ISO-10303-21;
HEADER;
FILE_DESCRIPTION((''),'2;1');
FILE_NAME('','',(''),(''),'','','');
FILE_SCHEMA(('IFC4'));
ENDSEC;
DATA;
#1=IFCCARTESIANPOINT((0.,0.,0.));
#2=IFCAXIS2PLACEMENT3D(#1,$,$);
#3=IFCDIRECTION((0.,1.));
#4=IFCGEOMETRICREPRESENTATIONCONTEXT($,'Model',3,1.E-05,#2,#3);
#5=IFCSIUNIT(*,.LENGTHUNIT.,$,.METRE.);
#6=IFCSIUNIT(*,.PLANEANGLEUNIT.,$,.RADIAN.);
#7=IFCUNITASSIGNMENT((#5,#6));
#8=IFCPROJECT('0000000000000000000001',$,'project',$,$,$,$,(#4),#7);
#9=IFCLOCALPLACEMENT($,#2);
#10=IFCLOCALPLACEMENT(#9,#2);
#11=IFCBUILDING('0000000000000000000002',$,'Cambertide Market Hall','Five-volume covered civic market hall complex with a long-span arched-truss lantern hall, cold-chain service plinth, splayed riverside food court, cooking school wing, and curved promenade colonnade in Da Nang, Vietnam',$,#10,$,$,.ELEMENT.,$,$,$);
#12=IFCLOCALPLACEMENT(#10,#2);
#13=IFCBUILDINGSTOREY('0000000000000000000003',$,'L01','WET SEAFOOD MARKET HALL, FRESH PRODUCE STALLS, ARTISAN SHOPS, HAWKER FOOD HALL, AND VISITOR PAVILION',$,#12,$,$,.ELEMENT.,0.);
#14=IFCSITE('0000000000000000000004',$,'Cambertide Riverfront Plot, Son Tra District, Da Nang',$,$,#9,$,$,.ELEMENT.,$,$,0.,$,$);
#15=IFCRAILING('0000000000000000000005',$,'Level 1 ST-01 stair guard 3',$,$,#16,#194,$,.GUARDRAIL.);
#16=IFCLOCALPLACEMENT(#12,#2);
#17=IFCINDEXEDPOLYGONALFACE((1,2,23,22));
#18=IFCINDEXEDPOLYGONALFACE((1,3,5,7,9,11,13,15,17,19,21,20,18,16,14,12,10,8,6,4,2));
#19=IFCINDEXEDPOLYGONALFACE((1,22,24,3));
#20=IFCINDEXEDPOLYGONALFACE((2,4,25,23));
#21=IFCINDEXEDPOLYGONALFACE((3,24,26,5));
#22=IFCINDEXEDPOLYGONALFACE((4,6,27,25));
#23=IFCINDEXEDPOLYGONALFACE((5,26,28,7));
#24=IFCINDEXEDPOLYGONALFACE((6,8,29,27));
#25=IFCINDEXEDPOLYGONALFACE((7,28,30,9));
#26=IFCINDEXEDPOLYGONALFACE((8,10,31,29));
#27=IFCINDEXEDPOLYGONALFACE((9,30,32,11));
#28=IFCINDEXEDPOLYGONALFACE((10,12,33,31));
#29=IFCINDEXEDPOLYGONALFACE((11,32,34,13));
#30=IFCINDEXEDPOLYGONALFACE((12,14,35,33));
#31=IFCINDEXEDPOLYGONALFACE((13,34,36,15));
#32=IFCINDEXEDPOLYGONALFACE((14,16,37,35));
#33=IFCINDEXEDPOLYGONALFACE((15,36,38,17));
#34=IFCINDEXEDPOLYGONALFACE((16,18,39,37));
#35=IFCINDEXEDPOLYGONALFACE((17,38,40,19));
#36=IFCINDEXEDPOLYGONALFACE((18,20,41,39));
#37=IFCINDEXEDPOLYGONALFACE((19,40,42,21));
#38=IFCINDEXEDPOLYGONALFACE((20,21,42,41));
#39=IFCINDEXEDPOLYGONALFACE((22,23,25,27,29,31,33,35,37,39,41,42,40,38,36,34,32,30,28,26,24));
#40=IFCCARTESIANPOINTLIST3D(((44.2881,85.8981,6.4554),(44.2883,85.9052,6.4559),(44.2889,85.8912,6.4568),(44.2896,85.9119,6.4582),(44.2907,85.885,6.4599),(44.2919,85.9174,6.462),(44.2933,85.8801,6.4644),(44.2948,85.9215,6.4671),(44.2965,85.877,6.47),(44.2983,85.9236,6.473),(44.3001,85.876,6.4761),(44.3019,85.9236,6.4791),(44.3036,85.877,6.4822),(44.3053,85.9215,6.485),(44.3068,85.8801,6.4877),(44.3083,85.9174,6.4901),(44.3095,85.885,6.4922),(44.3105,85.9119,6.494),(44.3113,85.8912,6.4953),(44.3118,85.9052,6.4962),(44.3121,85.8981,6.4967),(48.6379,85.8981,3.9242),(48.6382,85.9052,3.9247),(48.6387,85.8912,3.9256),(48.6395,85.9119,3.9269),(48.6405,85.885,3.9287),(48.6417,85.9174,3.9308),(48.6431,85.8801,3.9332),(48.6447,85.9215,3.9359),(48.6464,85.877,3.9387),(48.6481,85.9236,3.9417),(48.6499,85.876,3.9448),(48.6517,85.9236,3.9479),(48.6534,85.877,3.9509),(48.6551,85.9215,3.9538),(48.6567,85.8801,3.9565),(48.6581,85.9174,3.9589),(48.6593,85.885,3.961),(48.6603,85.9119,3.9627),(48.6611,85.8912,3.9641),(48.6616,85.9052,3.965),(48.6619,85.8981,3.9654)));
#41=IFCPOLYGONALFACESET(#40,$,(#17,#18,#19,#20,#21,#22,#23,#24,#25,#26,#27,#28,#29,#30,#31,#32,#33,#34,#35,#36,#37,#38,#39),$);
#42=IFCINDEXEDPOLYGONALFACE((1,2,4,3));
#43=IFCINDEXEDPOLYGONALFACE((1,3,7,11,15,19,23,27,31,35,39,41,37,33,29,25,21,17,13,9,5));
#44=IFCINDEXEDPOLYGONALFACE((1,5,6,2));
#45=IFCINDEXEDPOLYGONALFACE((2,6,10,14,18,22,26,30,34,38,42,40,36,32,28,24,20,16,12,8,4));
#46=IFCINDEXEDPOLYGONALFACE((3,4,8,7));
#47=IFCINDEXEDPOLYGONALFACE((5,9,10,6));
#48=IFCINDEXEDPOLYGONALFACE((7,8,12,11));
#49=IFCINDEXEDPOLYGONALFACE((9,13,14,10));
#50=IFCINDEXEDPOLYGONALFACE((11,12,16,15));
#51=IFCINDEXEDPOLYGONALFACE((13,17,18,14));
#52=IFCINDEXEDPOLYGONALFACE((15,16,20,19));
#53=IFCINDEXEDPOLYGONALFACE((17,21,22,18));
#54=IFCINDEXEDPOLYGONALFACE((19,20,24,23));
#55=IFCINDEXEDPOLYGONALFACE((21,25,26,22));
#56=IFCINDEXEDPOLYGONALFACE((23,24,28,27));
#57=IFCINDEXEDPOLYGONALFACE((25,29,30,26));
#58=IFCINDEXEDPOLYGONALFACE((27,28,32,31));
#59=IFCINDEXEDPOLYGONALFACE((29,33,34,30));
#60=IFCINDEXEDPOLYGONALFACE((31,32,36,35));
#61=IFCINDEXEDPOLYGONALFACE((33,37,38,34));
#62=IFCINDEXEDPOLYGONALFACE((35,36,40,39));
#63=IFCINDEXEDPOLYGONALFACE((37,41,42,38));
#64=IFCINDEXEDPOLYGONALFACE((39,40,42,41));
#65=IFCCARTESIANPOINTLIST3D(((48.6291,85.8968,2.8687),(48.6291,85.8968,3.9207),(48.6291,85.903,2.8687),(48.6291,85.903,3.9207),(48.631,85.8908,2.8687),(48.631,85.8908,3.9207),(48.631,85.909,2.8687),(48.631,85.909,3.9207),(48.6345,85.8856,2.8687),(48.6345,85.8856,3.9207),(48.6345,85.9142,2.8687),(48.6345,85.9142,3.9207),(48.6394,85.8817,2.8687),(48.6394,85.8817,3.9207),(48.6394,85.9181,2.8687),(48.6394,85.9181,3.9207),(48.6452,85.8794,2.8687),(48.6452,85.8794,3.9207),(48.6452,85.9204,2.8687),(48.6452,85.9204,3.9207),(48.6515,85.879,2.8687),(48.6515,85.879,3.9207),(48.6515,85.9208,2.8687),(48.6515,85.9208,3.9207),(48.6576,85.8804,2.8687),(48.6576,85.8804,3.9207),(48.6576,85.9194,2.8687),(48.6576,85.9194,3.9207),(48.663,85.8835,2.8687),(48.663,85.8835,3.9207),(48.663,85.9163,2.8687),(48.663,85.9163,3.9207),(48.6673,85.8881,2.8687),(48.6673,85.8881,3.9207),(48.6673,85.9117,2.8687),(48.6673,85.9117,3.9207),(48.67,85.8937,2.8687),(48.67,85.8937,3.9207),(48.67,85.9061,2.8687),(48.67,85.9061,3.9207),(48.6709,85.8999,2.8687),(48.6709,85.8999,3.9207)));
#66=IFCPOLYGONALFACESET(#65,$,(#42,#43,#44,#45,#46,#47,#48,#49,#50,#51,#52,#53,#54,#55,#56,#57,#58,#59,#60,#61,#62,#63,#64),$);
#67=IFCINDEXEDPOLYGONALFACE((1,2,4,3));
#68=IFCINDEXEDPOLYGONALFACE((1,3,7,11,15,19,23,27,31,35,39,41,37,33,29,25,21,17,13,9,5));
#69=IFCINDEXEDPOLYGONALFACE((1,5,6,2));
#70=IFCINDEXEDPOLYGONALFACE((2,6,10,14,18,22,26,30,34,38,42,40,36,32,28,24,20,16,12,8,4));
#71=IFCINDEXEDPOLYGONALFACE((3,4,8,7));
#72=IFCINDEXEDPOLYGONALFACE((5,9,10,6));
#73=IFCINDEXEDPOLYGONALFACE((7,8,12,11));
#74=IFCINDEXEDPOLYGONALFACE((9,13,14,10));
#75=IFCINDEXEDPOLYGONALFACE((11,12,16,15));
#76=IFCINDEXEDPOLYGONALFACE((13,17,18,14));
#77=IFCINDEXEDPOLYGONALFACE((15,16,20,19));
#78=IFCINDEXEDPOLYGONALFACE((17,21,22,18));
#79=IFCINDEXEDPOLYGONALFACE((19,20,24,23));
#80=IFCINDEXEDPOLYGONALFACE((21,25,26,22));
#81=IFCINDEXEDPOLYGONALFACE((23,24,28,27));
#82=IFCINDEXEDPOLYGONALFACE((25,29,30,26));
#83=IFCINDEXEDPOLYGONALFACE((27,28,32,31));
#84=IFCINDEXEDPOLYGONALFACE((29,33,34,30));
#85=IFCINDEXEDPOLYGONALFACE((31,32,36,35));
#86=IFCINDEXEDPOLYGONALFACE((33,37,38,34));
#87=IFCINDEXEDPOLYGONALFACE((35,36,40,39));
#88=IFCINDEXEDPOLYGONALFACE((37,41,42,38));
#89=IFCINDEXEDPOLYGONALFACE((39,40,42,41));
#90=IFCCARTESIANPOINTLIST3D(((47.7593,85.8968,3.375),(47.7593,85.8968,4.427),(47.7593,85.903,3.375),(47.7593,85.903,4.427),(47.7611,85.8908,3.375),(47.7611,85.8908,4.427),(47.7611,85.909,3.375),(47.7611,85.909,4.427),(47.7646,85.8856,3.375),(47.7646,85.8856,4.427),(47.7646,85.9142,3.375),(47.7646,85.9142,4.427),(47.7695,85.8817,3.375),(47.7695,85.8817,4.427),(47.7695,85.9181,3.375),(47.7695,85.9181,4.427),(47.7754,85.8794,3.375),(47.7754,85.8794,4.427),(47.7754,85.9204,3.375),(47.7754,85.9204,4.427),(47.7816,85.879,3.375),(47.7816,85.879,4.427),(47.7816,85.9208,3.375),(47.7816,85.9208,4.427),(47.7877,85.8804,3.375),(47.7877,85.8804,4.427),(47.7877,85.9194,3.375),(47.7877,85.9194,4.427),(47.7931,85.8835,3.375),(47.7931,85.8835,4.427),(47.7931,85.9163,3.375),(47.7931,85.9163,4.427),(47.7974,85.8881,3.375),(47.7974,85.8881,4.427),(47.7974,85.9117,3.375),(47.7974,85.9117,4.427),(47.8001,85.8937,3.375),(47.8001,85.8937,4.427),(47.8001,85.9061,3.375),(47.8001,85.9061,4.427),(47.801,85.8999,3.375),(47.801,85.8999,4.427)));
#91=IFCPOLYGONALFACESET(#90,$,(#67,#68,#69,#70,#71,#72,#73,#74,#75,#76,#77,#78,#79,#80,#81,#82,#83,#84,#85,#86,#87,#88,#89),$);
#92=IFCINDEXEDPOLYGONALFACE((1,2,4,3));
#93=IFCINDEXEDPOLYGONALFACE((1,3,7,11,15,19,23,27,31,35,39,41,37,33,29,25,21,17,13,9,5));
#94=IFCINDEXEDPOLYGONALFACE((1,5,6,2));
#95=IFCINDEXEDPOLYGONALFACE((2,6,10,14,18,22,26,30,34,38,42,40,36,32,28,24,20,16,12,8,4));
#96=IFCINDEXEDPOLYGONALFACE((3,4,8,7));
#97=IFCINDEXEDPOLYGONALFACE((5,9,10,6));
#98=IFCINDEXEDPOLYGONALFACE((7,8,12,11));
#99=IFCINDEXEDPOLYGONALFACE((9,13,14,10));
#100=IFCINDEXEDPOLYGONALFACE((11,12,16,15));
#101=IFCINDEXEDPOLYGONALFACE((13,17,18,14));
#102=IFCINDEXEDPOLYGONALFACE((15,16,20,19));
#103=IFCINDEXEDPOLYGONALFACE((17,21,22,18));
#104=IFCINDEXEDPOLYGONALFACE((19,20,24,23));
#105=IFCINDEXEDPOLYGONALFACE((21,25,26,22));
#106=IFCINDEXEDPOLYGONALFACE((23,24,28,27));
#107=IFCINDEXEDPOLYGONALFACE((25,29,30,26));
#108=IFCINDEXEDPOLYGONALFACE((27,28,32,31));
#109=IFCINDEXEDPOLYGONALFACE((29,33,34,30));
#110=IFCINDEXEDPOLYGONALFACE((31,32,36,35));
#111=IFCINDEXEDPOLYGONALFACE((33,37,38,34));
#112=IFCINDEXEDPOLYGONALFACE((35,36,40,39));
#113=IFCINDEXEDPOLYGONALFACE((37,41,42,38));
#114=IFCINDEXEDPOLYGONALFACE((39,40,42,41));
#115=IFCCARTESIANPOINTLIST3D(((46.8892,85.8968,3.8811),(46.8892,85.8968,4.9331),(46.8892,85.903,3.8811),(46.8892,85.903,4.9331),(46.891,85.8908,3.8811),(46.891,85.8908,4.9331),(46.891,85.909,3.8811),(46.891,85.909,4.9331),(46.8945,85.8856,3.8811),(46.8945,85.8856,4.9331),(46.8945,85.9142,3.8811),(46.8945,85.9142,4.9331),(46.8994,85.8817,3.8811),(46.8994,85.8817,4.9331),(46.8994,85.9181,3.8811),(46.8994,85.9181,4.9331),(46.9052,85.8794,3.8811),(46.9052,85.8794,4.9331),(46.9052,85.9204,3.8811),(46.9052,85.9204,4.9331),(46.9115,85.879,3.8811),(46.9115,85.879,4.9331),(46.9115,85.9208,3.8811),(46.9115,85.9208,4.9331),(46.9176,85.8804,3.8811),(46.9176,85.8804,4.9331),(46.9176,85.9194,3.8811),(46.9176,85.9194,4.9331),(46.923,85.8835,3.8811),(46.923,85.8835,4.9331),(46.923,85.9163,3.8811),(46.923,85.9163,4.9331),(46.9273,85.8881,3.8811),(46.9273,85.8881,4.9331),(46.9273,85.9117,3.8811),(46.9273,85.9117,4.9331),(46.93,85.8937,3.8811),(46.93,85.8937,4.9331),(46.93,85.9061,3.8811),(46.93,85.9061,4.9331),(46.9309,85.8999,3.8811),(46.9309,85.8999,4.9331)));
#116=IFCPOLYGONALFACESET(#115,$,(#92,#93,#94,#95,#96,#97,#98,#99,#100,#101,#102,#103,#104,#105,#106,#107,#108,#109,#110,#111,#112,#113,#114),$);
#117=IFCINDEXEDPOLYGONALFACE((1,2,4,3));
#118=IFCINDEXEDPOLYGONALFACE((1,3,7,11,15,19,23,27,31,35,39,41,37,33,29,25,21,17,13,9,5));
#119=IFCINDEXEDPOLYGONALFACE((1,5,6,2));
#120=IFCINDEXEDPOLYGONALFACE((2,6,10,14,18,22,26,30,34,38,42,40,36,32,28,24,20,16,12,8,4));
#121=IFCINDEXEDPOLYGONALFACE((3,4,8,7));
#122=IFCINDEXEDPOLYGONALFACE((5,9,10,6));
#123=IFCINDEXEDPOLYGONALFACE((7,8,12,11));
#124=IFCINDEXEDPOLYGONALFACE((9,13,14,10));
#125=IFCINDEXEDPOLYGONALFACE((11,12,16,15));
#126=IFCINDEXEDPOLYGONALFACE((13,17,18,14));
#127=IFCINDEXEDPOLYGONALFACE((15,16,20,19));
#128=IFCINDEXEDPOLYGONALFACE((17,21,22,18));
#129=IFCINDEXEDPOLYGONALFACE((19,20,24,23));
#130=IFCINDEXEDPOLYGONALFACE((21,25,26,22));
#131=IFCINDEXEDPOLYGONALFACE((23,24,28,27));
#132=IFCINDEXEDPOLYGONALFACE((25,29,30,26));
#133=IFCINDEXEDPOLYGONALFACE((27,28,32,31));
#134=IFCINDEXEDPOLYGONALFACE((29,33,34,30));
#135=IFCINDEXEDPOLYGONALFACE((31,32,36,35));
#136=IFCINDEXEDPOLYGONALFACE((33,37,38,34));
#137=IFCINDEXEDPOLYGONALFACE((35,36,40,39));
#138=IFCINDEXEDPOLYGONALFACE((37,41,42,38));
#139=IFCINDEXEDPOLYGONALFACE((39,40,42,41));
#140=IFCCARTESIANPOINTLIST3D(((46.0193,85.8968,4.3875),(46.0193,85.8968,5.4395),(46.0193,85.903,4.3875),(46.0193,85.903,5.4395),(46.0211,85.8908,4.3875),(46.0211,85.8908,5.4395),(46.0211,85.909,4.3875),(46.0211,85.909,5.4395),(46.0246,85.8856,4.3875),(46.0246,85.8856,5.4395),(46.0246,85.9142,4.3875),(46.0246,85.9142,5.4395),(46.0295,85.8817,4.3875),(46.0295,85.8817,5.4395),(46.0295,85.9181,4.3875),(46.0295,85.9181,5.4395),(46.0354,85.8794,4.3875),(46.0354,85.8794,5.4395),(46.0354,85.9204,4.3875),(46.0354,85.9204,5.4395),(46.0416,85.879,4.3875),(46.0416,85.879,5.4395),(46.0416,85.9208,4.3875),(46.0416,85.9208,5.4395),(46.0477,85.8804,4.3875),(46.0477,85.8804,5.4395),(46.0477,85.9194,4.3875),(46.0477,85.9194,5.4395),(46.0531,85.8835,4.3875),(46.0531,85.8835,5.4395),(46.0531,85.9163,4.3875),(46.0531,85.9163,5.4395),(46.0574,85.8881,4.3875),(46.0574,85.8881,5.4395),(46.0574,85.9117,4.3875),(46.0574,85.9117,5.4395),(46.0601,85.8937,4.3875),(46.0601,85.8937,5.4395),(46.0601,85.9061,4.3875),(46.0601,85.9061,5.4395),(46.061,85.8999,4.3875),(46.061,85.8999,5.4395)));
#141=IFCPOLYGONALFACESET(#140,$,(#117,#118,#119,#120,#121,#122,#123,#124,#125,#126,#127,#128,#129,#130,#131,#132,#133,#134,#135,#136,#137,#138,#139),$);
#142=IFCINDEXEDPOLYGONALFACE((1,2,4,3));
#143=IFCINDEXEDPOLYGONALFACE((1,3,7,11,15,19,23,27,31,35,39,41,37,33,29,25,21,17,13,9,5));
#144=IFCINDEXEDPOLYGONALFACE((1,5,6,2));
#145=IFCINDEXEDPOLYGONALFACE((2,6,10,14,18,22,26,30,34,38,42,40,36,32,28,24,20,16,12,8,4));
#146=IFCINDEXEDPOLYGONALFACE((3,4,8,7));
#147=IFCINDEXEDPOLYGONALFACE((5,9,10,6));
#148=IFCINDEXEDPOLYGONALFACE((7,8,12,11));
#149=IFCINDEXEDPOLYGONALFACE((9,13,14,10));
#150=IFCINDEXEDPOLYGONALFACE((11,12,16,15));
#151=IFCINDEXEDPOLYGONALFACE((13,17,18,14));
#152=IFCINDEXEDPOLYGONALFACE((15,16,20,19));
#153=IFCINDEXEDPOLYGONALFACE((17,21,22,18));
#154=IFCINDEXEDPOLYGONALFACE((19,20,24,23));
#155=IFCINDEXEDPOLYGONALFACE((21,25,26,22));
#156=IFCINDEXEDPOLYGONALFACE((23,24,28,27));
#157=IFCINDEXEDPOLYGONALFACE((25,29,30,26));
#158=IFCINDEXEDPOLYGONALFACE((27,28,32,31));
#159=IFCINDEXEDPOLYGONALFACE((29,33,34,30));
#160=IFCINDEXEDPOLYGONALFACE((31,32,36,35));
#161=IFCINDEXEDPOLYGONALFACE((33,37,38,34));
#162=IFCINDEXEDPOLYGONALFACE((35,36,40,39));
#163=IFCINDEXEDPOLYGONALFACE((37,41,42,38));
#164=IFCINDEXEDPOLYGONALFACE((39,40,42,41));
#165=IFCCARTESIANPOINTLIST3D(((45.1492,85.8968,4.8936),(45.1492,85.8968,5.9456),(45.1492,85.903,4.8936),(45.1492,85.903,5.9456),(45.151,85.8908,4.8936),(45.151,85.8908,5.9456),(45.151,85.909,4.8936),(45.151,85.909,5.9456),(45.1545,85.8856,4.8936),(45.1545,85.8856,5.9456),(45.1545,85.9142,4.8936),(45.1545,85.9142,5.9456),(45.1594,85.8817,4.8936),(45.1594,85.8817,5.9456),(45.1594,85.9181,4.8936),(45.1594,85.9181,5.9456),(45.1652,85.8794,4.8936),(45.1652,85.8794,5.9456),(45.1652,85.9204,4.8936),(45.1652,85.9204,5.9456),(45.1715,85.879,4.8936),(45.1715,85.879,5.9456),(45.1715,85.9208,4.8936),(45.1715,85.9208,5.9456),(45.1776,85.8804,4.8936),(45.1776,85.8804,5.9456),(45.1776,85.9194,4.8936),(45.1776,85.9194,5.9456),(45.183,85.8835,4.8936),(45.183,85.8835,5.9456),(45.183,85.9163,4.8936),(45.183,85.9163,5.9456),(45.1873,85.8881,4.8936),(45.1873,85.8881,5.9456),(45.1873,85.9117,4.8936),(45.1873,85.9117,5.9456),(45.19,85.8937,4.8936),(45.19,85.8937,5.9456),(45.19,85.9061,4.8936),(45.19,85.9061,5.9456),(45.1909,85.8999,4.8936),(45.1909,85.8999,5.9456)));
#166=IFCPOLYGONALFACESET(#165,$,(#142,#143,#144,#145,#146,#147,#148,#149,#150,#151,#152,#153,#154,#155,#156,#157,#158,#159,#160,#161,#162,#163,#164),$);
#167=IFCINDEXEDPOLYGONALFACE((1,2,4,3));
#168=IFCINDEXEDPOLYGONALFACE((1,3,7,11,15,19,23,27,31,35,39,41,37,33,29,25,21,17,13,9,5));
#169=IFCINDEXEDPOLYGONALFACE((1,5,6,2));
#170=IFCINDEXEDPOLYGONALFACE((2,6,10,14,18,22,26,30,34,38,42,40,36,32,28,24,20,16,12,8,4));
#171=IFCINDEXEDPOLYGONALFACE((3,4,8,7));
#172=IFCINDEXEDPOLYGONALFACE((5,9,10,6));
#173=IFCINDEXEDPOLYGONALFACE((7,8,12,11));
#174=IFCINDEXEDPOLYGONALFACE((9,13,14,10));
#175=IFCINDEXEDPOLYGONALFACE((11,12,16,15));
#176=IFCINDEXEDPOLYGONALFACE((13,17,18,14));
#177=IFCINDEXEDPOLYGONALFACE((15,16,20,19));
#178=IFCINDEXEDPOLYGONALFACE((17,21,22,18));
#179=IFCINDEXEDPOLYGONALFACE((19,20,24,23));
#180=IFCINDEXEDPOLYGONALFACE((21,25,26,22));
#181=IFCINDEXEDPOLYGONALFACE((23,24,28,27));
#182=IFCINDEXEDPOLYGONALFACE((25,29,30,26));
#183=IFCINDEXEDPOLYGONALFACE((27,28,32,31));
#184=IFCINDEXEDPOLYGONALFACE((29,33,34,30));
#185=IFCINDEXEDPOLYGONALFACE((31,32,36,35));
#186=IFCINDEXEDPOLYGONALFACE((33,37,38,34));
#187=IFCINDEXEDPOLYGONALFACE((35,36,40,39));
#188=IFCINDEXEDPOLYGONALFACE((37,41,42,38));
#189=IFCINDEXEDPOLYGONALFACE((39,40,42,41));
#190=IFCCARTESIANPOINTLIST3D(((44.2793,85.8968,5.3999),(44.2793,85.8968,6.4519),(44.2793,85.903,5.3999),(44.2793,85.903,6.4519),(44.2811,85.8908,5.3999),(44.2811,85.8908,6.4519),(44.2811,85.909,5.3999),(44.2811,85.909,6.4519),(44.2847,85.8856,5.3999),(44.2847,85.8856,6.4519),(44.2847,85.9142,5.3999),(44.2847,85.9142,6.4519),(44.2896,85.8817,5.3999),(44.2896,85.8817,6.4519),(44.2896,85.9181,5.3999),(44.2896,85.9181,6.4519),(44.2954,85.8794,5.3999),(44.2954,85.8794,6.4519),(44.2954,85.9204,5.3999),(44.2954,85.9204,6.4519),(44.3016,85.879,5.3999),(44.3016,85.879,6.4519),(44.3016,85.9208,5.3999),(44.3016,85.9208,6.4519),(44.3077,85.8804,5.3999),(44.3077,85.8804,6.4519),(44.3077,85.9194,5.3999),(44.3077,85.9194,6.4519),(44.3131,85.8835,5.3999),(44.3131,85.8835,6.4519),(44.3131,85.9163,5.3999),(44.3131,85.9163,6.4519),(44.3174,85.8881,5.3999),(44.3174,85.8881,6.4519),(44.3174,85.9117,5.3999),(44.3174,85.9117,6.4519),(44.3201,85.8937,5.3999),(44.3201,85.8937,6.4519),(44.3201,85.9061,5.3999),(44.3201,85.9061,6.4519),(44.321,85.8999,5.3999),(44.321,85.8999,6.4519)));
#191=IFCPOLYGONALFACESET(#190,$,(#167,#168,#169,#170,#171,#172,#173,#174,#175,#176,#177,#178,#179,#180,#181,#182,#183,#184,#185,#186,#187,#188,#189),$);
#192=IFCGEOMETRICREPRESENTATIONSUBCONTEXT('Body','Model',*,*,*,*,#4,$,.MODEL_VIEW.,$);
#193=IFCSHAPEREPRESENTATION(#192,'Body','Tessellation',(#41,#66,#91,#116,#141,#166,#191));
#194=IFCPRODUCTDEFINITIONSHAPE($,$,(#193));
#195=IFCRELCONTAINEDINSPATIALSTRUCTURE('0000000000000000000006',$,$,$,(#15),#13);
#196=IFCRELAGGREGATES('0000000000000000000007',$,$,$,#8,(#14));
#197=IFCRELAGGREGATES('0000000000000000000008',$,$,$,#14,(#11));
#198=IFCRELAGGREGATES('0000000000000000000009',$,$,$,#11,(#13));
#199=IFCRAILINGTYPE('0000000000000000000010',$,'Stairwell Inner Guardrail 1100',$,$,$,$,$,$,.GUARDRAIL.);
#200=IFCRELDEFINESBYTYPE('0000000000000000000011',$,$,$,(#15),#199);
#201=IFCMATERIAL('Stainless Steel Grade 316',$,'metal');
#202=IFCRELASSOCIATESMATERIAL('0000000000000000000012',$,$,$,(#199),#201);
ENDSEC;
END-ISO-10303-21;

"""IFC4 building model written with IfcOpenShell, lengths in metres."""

from ifc_helpers import new_model, si_unit, direction, frame, origin, origin_2d, place, context, subcontext, project, spatial, circle, extrude, material, type_object, element, save


model = new_model("IFC4")

# Units and contexts
model_context = context("Model", 3, precision=1e-05, world=origin(), true_north=direction((0.0, 1.0)))
body_context = subcontext(model_context, "Body", "Model", "MODEL_VIEW")
ifc_project = project(units=[si_unit("LENGTHUNIT", "METRE"), si_unit("PLANEANGLEUNIT", "RADIAN")], contexts=[model_context])

# Site, building, storey
site_placement = place(None, origin())
site = spatial("IfcSite", under=ifc_project, at=site_placement, Name="Cambertide Riverfront Plot, Son Tra District, Da Nang", CompositionType="ELEMENT", RefElevation=0.0)
building_placement = place(site_placement, origin())
building = spatial("IfcBuilding", under=site, at=building_placement, Name="Cambertide Market Hall", Description="Five-volume covered civic market hall complex with a long-span arched-truss lantern hall, cold-chain service plinth, splayed riverside food court, cooking school wing, and curved promenade colonnade in Da Nang, Vietnam", CompositionType="ELEMENT")
storey_placement = place(building_placement, origin())
storey = spatial("IfcBuildingStorey", under=building, at=storey_placement, Name="L01", Description="WET SEAFOOD MARKET HALL, FRESH PRODUCE STALLS, ARTISAN SHOPS, HAWKER FOOD HALL, AND VISITOR PAVILION", CompositionType="ELEMENT", Elevation=0.0)

# Railing
ifc_material_1 = material(Name="Stainless Steel Grade 316", Category="metal")
railing_type_1 = type_object("IfcRailingType", Name="Stairwell Inner Guardrail 1100", PredefinedType="GUARDRAIL", material=ifc_material_1)
railing_1_placement = place(storey_placement, frame((48.6499, 85.8999, 2.8687)))
element("IfcRailing", 1, at=railing_1_placement, inside=storey, type_object=railing_type_1, Name="Level 1 ST-01 stair guard 3", PredefinedType="GUARDRAIL", context=body_context, shape_type="SweptSolid", body=[
    extrude(circle(Radius=0.0239, at=origin_2d()), frame((0.0, 0.0, 1.0762), z_axis=(-0.864312, 0.0, 0.502957), x_axis=(0.0, -1.0, 0.0)), (0.0, 0.0, 1.0), 5.0327),
    extrude(circle(Radius=0.021, at=origin_2d()), origin(), (0.0, 0.0, 1.0), 1.052),
    extrude(circle(Radius=0.021, at=origin_2d()), frame((-0.8699, 0.0, 0.5063)), (0.0, 0.0, 1.0), 1.052),
    extrude(circle(Radius=0.021, at=origin_2d()), frame((-1.74, 0.0, 1.0125)), (0.0, 0.0, 1.0), 1.052),
    extrude(circle(Radius=0.021, at=origin_2d()), frame((-2.6099, 0.0, 1.5188)), (0.0, 0.0, 1.0), 1.052),
    extrude(circle(Radius=0.021, at=origin_2d()), frame((-3.48, 0.0, 2.0249)), (0.0, 0.0, 1.0), 1.052),
    extrude(circle(Radius=0.021, at=origin_2d()), frame((-4.3499, 0.0, 2.5312)), (0.0, 0.0, 1.0), 1.052),
])

save(model, "model.ifc")
